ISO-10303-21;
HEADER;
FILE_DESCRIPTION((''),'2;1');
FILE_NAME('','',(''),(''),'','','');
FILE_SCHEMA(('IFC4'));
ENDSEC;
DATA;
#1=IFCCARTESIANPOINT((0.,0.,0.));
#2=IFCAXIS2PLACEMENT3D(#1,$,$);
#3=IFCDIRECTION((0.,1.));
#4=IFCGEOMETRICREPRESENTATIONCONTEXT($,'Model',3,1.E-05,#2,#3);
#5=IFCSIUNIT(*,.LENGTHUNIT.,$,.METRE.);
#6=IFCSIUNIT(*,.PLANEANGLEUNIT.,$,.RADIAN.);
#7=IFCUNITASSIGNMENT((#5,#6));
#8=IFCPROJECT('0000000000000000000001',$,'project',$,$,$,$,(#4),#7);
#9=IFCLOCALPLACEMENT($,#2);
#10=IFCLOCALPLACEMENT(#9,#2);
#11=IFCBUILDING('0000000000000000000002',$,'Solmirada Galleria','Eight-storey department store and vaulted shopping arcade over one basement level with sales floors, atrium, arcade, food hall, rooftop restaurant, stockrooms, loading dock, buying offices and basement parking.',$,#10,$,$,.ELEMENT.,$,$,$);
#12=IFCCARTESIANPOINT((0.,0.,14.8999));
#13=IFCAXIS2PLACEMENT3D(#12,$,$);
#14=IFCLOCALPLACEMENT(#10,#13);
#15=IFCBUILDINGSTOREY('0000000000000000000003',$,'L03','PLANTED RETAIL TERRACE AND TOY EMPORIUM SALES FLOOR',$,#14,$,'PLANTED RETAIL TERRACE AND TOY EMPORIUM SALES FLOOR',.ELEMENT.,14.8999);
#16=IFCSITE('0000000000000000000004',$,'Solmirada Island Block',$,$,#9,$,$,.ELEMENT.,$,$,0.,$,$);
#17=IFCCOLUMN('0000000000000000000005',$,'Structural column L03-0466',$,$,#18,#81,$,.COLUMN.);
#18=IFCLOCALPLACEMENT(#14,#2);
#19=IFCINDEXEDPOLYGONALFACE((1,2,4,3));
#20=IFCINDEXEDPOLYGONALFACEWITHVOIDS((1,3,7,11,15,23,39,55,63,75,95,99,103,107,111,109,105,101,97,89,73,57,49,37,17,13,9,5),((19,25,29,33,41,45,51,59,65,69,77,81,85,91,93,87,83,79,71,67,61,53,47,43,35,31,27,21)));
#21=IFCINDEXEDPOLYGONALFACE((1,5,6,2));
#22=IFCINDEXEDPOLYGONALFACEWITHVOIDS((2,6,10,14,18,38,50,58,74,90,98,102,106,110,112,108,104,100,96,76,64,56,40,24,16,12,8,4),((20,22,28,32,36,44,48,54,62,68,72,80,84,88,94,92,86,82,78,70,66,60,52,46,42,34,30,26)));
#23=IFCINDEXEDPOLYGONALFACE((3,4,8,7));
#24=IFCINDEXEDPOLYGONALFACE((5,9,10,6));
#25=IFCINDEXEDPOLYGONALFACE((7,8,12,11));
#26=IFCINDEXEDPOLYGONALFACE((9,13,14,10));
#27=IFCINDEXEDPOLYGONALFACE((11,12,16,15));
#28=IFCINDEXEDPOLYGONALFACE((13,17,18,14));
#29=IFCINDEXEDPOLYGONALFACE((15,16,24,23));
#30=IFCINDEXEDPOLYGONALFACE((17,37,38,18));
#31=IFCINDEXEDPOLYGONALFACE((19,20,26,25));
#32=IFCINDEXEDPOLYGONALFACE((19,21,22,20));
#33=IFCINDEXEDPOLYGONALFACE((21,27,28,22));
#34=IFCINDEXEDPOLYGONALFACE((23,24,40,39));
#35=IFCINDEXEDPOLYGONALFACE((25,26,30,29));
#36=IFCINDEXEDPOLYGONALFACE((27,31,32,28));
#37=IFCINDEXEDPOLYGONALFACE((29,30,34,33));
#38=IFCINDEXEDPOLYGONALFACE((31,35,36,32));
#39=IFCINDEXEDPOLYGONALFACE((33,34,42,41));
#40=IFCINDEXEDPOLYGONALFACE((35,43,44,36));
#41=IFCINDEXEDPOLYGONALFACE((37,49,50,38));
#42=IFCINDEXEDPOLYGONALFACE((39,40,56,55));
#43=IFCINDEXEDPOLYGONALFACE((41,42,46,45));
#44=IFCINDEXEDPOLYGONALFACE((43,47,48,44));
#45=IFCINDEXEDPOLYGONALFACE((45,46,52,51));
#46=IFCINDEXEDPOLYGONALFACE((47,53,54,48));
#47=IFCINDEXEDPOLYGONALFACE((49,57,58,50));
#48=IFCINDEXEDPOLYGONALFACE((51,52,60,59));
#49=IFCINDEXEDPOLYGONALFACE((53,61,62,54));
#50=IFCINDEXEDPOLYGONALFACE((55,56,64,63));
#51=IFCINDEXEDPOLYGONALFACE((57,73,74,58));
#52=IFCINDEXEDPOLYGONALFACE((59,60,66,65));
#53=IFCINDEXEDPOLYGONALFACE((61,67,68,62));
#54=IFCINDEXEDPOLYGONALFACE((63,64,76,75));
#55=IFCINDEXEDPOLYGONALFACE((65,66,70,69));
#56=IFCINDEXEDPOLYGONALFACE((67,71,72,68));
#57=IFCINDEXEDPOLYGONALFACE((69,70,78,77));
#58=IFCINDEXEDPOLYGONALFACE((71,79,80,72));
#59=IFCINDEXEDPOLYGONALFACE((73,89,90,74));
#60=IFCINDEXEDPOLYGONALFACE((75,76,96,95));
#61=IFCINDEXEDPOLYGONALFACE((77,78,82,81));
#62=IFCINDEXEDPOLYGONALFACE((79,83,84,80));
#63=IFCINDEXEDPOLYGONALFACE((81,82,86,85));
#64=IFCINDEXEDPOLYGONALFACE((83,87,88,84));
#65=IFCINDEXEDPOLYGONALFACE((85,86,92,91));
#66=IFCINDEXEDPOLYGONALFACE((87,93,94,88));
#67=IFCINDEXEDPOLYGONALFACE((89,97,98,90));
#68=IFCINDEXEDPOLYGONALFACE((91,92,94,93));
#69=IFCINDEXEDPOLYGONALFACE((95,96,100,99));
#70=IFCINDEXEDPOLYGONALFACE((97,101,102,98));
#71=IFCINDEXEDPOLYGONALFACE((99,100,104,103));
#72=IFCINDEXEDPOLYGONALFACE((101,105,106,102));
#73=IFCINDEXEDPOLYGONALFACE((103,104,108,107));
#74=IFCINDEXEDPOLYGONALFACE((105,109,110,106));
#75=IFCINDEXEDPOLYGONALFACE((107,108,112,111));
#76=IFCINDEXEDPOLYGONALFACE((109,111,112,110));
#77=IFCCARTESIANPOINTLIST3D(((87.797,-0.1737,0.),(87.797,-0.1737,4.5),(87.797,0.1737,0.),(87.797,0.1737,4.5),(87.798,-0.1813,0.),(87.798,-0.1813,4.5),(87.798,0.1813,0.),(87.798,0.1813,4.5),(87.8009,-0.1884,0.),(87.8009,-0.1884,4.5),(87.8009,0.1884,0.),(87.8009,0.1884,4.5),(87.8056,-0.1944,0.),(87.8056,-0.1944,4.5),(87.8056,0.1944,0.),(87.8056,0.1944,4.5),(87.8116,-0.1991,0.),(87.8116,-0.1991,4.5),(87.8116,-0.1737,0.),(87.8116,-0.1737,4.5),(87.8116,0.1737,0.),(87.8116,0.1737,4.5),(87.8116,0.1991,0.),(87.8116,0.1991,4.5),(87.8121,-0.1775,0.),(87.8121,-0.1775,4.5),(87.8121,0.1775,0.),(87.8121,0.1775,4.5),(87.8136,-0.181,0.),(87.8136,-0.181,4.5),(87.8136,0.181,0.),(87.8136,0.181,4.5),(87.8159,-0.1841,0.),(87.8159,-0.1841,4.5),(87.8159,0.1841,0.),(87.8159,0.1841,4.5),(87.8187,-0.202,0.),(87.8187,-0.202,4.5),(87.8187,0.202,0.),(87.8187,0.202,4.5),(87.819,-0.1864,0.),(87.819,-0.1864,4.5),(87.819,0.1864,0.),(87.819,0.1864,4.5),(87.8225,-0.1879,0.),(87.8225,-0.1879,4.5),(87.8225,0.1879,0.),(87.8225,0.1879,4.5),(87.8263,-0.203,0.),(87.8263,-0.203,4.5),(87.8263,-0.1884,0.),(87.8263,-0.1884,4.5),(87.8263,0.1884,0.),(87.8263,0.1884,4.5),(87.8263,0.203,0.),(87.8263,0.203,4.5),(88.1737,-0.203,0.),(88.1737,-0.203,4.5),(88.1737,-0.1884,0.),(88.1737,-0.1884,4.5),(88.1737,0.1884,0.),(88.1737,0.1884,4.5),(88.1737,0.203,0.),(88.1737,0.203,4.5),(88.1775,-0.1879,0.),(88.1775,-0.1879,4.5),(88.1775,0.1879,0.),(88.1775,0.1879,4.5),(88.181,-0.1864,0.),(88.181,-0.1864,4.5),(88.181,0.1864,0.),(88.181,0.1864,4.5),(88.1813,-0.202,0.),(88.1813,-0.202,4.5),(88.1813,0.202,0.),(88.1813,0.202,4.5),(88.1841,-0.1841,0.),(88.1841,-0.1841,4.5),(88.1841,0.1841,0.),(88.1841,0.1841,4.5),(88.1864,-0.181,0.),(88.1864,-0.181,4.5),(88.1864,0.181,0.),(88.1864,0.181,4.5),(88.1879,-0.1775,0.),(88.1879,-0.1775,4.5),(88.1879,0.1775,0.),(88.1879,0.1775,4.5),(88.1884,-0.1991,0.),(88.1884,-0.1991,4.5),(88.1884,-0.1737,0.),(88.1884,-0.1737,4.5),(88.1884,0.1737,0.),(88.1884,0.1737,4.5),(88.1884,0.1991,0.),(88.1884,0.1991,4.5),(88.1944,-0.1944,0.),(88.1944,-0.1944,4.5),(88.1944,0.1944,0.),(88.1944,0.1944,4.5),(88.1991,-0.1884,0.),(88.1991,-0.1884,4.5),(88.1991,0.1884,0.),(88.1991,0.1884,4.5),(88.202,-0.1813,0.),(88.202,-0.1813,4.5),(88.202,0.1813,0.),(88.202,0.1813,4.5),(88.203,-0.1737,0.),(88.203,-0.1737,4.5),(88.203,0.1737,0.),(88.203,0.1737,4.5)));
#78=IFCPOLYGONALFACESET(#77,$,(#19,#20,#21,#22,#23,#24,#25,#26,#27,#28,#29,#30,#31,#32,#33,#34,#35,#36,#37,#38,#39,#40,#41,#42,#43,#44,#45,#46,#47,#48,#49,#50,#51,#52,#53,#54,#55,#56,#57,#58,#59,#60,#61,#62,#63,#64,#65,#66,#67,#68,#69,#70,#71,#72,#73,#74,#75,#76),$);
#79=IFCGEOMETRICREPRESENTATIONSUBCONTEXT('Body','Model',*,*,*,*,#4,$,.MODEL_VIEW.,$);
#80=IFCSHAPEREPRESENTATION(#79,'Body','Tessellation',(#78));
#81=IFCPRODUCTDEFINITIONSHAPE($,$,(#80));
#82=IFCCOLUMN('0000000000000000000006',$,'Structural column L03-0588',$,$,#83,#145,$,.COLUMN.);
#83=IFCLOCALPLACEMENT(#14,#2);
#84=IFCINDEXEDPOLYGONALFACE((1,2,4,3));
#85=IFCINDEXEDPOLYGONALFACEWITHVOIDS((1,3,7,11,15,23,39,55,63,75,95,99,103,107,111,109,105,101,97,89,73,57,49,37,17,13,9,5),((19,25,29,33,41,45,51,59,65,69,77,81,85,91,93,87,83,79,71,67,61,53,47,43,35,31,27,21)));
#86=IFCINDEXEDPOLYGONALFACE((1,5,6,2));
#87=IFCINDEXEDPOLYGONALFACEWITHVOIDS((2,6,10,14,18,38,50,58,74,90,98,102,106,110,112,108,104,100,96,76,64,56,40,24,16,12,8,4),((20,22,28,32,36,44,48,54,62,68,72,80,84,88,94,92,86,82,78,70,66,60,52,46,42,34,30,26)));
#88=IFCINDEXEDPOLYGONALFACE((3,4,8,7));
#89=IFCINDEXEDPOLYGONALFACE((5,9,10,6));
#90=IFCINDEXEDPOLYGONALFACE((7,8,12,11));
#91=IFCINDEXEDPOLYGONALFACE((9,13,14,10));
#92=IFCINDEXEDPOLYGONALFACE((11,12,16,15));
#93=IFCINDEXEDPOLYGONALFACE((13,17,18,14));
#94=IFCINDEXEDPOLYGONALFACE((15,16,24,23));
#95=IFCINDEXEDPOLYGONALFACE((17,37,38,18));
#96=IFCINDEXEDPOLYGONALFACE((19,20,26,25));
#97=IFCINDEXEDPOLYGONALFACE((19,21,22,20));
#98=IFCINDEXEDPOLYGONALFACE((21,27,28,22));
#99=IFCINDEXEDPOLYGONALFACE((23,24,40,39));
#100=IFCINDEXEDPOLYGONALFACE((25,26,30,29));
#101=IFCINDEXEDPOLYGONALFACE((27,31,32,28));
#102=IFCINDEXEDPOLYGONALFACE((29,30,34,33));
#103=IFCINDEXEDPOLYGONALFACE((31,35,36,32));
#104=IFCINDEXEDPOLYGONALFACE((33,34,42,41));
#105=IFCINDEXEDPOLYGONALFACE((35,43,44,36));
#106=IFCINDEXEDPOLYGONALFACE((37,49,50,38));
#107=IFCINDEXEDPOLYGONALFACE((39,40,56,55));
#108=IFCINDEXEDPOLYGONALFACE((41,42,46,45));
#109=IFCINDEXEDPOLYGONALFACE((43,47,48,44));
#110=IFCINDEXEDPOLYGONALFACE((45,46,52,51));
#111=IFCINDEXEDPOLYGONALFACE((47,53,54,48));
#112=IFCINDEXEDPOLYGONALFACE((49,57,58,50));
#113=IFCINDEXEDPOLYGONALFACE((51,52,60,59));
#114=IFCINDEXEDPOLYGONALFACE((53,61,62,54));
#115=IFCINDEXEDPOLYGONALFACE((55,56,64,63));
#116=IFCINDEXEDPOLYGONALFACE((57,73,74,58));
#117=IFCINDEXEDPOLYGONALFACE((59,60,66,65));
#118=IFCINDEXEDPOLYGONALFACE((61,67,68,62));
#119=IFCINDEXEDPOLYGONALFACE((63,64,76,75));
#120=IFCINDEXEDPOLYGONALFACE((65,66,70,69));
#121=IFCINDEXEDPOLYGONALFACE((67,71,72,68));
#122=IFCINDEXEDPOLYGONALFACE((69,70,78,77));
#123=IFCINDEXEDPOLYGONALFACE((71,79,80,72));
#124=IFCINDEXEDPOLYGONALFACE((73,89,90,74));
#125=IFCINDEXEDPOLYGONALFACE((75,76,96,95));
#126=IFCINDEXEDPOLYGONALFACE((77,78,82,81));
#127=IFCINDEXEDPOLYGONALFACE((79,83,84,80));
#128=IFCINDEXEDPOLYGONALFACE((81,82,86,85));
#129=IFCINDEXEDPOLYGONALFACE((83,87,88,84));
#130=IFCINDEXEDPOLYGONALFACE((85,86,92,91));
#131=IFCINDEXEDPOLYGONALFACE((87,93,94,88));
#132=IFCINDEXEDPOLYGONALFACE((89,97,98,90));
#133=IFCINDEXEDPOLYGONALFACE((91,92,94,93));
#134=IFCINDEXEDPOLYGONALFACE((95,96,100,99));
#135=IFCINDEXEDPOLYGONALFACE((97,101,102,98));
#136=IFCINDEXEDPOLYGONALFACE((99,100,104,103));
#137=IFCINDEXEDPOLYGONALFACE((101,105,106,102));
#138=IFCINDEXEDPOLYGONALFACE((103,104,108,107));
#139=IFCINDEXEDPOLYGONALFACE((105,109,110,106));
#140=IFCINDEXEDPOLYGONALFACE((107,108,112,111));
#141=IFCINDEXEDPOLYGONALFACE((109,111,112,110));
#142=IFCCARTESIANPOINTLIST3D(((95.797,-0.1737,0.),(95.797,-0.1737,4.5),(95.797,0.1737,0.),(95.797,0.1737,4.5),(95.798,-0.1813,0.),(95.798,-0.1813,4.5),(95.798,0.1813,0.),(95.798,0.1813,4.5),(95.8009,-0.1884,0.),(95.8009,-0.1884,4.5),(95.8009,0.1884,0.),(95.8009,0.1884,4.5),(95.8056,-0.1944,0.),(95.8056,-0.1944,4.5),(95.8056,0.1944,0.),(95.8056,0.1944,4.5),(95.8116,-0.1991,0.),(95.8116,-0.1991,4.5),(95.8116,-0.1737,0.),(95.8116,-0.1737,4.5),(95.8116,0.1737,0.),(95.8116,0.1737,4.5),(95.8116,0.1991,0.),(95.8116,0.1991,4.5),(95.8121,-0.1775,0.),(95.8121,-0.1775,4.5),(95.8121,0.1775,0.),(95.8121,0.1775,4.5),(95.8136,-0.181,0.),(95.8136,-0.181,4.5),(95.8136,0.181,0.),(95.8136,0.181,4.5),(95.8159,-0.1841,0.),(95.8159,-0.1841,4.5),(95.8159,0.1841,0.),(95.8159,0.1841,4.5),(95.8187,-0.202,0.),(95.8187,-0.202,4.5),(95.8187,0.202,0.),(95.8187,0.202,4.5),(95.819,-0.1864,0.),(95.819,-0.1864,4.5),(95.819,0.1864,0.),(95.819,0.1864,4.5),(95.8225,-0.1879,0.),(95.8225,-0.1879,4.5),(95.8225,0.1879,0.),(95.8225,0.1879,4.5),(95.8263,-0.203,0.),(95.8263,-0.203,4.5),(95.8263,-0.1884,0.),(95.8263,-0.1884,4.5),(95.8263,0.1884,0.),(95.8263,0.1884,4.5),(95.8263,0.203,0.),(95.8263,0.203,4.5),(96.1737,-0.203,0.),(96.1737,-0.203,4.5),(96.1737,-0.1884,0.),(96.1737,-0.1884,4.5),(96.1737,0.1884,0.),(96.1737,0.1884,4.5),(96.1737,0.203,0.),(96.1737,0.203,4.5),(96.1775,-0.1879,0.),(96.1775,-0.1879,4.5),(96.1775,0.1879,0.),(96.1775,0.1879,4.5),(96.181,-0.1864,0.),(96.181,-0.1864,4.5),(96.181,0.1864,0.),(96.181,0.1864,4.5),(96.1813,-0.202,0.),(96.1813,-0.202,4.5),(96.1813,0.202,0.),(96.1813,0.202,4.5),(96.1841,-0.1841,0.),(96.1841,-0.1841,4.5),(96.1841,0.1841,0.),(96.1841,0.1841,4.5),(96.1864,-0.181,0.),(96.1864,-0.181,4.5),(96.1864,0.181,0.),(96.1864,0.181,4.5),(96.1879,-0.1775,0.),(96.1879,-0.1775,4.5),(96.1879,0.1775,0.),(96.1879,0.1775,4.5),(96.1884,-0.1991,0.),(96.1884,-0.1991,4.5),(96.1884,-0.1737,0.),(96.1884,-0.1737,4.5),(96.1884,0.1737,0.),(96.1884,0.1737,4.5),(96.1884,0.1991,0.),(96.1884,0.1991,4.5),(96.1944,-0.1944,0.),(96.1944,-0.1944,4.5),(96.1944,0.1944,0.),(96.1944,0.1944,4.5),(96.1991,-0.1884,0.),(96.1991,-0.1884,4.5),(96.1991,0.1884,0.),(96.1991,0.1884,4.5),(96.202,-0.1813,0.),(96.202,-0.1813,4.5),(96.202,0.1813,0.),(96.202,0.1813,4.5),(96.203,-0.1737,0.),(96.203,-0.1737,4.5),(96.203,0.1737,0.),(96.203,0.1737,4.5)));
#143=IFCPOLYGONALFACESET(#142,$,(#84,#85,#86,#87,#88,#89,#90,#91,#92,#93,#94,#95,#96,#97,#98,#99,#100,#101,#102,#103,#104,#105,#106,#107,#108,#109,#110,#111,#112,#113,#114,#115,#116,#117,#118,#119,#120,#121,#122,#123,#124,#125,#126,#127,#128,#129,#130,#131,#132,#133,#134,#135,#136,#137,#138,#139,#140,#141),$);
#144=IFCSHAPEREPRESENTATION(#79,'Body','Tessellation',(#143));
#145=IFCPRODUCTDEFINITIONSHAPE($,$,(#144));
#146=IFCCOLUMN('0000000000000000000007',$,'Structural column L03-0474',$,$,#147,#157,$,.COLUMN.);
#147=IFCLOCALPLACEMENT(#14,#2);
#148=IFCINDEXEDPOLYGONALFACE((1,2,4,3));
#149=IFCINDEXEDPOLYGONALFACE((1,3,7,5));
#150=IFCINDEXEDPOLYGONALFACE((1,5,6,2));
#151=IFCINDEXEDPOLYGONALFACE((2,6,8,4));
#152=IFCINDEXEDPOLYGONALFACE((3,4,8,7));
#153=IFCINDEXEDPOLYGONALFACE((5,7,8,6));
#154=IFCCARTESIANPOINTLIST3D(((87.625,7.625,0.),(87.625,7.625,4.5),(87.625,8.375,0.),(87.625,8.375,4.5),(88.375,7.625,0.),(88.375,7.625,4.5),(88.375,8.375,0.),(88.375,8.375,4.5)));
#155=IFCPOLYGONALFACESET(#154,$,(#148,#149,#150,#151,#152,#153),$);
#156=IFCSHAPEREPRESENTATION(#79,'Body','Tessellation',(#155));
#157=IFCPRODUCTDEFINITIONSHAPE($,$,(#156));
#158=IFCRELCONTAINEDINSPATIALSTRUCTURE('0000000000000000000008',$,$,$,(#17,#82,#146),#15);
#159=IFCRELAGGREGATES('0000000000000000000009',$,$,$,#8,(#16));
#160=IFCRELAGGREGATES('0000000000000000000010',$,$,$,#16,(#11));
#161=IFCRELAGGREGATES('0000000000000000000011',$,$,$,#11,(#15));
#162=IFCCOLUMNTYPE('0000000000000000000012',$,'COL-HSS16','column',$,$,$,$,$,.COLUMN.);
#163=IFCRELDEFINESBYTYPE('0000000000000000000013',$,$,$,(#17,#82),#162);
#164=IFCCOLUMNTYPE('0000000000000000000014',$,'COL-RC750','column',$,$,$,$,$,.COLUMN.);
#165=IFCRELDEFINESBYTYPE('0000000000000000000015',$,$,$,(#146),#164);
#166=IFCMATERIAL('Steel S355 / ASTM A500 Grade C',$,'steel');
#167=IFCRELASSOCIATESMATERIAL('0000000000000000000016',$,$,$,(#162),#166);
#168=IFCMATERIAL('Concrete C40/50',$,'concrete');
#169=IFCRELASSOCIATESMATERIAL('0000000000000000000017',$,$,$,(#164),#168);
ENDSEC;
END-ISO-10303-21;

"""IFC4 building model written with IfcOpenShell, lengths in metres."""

from ifc_helpers import new_model, si_unit, direction, frame, origin, origin_2d, place, context, subcontext, project, spatial, rectangle, hollow_rectangle, extrude, material, material_profile, profile_set, type_object, element, save


model = new_model("IFC4")

# Units and contexts
model_context = context("Model", 3, precision=1e-05, world=origin(), true_north=direction((0.0, 1.0)))
body_context = subcontext(model_context, "Body", "Model", "MODEL_VIEW")
ifc_project = project(units=[si_unit("LENGTHUNIT", "METRE"), si_unit("PLANEANGLEUNIT", "RADIAN")], contexts=[model_context])

# Site, building, storey
site_placement = place(None, origin())
site = spatial("IfcSite", under=ifc_project, at=site_placement, Name="Solmirada Island Block", CompositionType="ELEMENT", RefElevation=0.0)
building_placement = place(site_placement, origin())
building = spatial("IfcBuilding", under=site, at=building_placement, Name="Solmirada Galleria", Description="Eight-storey department store and vaulted shopping arcade over one basement level with sales floors, atrium, arcade, food hall, rooftop restaurant, stockrooms, loading dock, buying offices and basement parking.", CompositionType="ELEMENT")
storey_placement = place(building_placement, frame((0.0, 0.0, 14.8999)))
storey = spatial("IfcBuildingStorey", under=building, at=storey_placement, Name="L03", Description="PLANTED RETAIL TERRACE AND TOY EMPORIUM SALES FLOOR", LongName="PLANTED RETAIL TERRACE AND TOY EMPORIUM SALES FLOOR", CompositionType="ELEMENT", Elevation=14.8999)

# Columns
ifc_material_1 = material(Name="Steel S355 / ASTM A500 Grade C", Category="steel")
ifc_material_profile_1 = material_profile(ifc_material_1, hollow_rectangle(XDim=0.406, YDim=0.406, WallThickness=0.0146, InnerFilletRadius=0.0146, OuterFilletRadius=0.0293, at=origin_2d()), Name="HSS16X16X5/8")
ifc_profile_set_1 = profile_set([ifc_material_profile_1], Name="Steel S355 / ASTM A500 Grade C")
column_type_1 = type_object("IfcColumnType", Name="COL-HSS16", Description="column", PredefinedType="COLUMN", material=ifc_profile_set_1)
for number, where, z_axis, x_axis, name in (
    (1, (88.0, 0.0, 0.0), (0.0, 0.0, 1.0), (1.0, 0.0, 0.0), "Structural column L03-0466"),
    (2, (96.0, 0.0, 0.0), (0.0, 0.0, 1.0), (1.0, 0.0, 0.0), "Structural column L03-0588"),
):
    element("IfcColumn", number, at=place(storey_placement, frame(where, z_axis=z_axis, x_axis=x_axis)), inside=storey, type_object=column_type_1, Name=name, PredefinedType="COLUMN", context=body_context, shape_type="SweptSolid", body=[
        extrude(hollow_rectangle(XDim=0.406, YDim=0.406, WallThickness=0.0146, InnerFilletRadius=0.0146, OuterFilletRadius=0.0293, at=origin_2d()), origin(), (0.0, 0.0, 1.0), 4.5),
    ])
ifc_material_2 = material(Name="Concrete C40/50", Category="concrete")
ifc_material_profile_2 = material_profile(ifc_material_2, rectangle(XDim=0.75, YDim=0.75, at=origin_2d()), Name="RC750X750")
ifc_profile_set_2 = profile_set([ifc_material_profile_2], Name="Concrete C40/50")
column_type_2 = type_object("IfcColumnType", Name="COL-RC750", Description="column", PredefinedType="COLUMN", material=ifc_profile_set_2)
column_placement = place(storey_placement, frame((88.0, 8.0, 0.0), z_axis=(0.0, 0.0, 1.0), x_axis=(1.0, 0.0, 0.0)))
element("IfcColumn", 3, at=column_placement, inside=storey, type_object=column_type_2, Name="Structural column L03-0474", PredefinedType="COLUMN", context=body_context, shape_type="SweptSolid", body=[
    extrude(rectangle(XDim=0.75, YDim=0.75, at=origin_2d()), origin(), (0.0, 0.0, 1.0), 4.5),
])

save(model, "model.ifc")
